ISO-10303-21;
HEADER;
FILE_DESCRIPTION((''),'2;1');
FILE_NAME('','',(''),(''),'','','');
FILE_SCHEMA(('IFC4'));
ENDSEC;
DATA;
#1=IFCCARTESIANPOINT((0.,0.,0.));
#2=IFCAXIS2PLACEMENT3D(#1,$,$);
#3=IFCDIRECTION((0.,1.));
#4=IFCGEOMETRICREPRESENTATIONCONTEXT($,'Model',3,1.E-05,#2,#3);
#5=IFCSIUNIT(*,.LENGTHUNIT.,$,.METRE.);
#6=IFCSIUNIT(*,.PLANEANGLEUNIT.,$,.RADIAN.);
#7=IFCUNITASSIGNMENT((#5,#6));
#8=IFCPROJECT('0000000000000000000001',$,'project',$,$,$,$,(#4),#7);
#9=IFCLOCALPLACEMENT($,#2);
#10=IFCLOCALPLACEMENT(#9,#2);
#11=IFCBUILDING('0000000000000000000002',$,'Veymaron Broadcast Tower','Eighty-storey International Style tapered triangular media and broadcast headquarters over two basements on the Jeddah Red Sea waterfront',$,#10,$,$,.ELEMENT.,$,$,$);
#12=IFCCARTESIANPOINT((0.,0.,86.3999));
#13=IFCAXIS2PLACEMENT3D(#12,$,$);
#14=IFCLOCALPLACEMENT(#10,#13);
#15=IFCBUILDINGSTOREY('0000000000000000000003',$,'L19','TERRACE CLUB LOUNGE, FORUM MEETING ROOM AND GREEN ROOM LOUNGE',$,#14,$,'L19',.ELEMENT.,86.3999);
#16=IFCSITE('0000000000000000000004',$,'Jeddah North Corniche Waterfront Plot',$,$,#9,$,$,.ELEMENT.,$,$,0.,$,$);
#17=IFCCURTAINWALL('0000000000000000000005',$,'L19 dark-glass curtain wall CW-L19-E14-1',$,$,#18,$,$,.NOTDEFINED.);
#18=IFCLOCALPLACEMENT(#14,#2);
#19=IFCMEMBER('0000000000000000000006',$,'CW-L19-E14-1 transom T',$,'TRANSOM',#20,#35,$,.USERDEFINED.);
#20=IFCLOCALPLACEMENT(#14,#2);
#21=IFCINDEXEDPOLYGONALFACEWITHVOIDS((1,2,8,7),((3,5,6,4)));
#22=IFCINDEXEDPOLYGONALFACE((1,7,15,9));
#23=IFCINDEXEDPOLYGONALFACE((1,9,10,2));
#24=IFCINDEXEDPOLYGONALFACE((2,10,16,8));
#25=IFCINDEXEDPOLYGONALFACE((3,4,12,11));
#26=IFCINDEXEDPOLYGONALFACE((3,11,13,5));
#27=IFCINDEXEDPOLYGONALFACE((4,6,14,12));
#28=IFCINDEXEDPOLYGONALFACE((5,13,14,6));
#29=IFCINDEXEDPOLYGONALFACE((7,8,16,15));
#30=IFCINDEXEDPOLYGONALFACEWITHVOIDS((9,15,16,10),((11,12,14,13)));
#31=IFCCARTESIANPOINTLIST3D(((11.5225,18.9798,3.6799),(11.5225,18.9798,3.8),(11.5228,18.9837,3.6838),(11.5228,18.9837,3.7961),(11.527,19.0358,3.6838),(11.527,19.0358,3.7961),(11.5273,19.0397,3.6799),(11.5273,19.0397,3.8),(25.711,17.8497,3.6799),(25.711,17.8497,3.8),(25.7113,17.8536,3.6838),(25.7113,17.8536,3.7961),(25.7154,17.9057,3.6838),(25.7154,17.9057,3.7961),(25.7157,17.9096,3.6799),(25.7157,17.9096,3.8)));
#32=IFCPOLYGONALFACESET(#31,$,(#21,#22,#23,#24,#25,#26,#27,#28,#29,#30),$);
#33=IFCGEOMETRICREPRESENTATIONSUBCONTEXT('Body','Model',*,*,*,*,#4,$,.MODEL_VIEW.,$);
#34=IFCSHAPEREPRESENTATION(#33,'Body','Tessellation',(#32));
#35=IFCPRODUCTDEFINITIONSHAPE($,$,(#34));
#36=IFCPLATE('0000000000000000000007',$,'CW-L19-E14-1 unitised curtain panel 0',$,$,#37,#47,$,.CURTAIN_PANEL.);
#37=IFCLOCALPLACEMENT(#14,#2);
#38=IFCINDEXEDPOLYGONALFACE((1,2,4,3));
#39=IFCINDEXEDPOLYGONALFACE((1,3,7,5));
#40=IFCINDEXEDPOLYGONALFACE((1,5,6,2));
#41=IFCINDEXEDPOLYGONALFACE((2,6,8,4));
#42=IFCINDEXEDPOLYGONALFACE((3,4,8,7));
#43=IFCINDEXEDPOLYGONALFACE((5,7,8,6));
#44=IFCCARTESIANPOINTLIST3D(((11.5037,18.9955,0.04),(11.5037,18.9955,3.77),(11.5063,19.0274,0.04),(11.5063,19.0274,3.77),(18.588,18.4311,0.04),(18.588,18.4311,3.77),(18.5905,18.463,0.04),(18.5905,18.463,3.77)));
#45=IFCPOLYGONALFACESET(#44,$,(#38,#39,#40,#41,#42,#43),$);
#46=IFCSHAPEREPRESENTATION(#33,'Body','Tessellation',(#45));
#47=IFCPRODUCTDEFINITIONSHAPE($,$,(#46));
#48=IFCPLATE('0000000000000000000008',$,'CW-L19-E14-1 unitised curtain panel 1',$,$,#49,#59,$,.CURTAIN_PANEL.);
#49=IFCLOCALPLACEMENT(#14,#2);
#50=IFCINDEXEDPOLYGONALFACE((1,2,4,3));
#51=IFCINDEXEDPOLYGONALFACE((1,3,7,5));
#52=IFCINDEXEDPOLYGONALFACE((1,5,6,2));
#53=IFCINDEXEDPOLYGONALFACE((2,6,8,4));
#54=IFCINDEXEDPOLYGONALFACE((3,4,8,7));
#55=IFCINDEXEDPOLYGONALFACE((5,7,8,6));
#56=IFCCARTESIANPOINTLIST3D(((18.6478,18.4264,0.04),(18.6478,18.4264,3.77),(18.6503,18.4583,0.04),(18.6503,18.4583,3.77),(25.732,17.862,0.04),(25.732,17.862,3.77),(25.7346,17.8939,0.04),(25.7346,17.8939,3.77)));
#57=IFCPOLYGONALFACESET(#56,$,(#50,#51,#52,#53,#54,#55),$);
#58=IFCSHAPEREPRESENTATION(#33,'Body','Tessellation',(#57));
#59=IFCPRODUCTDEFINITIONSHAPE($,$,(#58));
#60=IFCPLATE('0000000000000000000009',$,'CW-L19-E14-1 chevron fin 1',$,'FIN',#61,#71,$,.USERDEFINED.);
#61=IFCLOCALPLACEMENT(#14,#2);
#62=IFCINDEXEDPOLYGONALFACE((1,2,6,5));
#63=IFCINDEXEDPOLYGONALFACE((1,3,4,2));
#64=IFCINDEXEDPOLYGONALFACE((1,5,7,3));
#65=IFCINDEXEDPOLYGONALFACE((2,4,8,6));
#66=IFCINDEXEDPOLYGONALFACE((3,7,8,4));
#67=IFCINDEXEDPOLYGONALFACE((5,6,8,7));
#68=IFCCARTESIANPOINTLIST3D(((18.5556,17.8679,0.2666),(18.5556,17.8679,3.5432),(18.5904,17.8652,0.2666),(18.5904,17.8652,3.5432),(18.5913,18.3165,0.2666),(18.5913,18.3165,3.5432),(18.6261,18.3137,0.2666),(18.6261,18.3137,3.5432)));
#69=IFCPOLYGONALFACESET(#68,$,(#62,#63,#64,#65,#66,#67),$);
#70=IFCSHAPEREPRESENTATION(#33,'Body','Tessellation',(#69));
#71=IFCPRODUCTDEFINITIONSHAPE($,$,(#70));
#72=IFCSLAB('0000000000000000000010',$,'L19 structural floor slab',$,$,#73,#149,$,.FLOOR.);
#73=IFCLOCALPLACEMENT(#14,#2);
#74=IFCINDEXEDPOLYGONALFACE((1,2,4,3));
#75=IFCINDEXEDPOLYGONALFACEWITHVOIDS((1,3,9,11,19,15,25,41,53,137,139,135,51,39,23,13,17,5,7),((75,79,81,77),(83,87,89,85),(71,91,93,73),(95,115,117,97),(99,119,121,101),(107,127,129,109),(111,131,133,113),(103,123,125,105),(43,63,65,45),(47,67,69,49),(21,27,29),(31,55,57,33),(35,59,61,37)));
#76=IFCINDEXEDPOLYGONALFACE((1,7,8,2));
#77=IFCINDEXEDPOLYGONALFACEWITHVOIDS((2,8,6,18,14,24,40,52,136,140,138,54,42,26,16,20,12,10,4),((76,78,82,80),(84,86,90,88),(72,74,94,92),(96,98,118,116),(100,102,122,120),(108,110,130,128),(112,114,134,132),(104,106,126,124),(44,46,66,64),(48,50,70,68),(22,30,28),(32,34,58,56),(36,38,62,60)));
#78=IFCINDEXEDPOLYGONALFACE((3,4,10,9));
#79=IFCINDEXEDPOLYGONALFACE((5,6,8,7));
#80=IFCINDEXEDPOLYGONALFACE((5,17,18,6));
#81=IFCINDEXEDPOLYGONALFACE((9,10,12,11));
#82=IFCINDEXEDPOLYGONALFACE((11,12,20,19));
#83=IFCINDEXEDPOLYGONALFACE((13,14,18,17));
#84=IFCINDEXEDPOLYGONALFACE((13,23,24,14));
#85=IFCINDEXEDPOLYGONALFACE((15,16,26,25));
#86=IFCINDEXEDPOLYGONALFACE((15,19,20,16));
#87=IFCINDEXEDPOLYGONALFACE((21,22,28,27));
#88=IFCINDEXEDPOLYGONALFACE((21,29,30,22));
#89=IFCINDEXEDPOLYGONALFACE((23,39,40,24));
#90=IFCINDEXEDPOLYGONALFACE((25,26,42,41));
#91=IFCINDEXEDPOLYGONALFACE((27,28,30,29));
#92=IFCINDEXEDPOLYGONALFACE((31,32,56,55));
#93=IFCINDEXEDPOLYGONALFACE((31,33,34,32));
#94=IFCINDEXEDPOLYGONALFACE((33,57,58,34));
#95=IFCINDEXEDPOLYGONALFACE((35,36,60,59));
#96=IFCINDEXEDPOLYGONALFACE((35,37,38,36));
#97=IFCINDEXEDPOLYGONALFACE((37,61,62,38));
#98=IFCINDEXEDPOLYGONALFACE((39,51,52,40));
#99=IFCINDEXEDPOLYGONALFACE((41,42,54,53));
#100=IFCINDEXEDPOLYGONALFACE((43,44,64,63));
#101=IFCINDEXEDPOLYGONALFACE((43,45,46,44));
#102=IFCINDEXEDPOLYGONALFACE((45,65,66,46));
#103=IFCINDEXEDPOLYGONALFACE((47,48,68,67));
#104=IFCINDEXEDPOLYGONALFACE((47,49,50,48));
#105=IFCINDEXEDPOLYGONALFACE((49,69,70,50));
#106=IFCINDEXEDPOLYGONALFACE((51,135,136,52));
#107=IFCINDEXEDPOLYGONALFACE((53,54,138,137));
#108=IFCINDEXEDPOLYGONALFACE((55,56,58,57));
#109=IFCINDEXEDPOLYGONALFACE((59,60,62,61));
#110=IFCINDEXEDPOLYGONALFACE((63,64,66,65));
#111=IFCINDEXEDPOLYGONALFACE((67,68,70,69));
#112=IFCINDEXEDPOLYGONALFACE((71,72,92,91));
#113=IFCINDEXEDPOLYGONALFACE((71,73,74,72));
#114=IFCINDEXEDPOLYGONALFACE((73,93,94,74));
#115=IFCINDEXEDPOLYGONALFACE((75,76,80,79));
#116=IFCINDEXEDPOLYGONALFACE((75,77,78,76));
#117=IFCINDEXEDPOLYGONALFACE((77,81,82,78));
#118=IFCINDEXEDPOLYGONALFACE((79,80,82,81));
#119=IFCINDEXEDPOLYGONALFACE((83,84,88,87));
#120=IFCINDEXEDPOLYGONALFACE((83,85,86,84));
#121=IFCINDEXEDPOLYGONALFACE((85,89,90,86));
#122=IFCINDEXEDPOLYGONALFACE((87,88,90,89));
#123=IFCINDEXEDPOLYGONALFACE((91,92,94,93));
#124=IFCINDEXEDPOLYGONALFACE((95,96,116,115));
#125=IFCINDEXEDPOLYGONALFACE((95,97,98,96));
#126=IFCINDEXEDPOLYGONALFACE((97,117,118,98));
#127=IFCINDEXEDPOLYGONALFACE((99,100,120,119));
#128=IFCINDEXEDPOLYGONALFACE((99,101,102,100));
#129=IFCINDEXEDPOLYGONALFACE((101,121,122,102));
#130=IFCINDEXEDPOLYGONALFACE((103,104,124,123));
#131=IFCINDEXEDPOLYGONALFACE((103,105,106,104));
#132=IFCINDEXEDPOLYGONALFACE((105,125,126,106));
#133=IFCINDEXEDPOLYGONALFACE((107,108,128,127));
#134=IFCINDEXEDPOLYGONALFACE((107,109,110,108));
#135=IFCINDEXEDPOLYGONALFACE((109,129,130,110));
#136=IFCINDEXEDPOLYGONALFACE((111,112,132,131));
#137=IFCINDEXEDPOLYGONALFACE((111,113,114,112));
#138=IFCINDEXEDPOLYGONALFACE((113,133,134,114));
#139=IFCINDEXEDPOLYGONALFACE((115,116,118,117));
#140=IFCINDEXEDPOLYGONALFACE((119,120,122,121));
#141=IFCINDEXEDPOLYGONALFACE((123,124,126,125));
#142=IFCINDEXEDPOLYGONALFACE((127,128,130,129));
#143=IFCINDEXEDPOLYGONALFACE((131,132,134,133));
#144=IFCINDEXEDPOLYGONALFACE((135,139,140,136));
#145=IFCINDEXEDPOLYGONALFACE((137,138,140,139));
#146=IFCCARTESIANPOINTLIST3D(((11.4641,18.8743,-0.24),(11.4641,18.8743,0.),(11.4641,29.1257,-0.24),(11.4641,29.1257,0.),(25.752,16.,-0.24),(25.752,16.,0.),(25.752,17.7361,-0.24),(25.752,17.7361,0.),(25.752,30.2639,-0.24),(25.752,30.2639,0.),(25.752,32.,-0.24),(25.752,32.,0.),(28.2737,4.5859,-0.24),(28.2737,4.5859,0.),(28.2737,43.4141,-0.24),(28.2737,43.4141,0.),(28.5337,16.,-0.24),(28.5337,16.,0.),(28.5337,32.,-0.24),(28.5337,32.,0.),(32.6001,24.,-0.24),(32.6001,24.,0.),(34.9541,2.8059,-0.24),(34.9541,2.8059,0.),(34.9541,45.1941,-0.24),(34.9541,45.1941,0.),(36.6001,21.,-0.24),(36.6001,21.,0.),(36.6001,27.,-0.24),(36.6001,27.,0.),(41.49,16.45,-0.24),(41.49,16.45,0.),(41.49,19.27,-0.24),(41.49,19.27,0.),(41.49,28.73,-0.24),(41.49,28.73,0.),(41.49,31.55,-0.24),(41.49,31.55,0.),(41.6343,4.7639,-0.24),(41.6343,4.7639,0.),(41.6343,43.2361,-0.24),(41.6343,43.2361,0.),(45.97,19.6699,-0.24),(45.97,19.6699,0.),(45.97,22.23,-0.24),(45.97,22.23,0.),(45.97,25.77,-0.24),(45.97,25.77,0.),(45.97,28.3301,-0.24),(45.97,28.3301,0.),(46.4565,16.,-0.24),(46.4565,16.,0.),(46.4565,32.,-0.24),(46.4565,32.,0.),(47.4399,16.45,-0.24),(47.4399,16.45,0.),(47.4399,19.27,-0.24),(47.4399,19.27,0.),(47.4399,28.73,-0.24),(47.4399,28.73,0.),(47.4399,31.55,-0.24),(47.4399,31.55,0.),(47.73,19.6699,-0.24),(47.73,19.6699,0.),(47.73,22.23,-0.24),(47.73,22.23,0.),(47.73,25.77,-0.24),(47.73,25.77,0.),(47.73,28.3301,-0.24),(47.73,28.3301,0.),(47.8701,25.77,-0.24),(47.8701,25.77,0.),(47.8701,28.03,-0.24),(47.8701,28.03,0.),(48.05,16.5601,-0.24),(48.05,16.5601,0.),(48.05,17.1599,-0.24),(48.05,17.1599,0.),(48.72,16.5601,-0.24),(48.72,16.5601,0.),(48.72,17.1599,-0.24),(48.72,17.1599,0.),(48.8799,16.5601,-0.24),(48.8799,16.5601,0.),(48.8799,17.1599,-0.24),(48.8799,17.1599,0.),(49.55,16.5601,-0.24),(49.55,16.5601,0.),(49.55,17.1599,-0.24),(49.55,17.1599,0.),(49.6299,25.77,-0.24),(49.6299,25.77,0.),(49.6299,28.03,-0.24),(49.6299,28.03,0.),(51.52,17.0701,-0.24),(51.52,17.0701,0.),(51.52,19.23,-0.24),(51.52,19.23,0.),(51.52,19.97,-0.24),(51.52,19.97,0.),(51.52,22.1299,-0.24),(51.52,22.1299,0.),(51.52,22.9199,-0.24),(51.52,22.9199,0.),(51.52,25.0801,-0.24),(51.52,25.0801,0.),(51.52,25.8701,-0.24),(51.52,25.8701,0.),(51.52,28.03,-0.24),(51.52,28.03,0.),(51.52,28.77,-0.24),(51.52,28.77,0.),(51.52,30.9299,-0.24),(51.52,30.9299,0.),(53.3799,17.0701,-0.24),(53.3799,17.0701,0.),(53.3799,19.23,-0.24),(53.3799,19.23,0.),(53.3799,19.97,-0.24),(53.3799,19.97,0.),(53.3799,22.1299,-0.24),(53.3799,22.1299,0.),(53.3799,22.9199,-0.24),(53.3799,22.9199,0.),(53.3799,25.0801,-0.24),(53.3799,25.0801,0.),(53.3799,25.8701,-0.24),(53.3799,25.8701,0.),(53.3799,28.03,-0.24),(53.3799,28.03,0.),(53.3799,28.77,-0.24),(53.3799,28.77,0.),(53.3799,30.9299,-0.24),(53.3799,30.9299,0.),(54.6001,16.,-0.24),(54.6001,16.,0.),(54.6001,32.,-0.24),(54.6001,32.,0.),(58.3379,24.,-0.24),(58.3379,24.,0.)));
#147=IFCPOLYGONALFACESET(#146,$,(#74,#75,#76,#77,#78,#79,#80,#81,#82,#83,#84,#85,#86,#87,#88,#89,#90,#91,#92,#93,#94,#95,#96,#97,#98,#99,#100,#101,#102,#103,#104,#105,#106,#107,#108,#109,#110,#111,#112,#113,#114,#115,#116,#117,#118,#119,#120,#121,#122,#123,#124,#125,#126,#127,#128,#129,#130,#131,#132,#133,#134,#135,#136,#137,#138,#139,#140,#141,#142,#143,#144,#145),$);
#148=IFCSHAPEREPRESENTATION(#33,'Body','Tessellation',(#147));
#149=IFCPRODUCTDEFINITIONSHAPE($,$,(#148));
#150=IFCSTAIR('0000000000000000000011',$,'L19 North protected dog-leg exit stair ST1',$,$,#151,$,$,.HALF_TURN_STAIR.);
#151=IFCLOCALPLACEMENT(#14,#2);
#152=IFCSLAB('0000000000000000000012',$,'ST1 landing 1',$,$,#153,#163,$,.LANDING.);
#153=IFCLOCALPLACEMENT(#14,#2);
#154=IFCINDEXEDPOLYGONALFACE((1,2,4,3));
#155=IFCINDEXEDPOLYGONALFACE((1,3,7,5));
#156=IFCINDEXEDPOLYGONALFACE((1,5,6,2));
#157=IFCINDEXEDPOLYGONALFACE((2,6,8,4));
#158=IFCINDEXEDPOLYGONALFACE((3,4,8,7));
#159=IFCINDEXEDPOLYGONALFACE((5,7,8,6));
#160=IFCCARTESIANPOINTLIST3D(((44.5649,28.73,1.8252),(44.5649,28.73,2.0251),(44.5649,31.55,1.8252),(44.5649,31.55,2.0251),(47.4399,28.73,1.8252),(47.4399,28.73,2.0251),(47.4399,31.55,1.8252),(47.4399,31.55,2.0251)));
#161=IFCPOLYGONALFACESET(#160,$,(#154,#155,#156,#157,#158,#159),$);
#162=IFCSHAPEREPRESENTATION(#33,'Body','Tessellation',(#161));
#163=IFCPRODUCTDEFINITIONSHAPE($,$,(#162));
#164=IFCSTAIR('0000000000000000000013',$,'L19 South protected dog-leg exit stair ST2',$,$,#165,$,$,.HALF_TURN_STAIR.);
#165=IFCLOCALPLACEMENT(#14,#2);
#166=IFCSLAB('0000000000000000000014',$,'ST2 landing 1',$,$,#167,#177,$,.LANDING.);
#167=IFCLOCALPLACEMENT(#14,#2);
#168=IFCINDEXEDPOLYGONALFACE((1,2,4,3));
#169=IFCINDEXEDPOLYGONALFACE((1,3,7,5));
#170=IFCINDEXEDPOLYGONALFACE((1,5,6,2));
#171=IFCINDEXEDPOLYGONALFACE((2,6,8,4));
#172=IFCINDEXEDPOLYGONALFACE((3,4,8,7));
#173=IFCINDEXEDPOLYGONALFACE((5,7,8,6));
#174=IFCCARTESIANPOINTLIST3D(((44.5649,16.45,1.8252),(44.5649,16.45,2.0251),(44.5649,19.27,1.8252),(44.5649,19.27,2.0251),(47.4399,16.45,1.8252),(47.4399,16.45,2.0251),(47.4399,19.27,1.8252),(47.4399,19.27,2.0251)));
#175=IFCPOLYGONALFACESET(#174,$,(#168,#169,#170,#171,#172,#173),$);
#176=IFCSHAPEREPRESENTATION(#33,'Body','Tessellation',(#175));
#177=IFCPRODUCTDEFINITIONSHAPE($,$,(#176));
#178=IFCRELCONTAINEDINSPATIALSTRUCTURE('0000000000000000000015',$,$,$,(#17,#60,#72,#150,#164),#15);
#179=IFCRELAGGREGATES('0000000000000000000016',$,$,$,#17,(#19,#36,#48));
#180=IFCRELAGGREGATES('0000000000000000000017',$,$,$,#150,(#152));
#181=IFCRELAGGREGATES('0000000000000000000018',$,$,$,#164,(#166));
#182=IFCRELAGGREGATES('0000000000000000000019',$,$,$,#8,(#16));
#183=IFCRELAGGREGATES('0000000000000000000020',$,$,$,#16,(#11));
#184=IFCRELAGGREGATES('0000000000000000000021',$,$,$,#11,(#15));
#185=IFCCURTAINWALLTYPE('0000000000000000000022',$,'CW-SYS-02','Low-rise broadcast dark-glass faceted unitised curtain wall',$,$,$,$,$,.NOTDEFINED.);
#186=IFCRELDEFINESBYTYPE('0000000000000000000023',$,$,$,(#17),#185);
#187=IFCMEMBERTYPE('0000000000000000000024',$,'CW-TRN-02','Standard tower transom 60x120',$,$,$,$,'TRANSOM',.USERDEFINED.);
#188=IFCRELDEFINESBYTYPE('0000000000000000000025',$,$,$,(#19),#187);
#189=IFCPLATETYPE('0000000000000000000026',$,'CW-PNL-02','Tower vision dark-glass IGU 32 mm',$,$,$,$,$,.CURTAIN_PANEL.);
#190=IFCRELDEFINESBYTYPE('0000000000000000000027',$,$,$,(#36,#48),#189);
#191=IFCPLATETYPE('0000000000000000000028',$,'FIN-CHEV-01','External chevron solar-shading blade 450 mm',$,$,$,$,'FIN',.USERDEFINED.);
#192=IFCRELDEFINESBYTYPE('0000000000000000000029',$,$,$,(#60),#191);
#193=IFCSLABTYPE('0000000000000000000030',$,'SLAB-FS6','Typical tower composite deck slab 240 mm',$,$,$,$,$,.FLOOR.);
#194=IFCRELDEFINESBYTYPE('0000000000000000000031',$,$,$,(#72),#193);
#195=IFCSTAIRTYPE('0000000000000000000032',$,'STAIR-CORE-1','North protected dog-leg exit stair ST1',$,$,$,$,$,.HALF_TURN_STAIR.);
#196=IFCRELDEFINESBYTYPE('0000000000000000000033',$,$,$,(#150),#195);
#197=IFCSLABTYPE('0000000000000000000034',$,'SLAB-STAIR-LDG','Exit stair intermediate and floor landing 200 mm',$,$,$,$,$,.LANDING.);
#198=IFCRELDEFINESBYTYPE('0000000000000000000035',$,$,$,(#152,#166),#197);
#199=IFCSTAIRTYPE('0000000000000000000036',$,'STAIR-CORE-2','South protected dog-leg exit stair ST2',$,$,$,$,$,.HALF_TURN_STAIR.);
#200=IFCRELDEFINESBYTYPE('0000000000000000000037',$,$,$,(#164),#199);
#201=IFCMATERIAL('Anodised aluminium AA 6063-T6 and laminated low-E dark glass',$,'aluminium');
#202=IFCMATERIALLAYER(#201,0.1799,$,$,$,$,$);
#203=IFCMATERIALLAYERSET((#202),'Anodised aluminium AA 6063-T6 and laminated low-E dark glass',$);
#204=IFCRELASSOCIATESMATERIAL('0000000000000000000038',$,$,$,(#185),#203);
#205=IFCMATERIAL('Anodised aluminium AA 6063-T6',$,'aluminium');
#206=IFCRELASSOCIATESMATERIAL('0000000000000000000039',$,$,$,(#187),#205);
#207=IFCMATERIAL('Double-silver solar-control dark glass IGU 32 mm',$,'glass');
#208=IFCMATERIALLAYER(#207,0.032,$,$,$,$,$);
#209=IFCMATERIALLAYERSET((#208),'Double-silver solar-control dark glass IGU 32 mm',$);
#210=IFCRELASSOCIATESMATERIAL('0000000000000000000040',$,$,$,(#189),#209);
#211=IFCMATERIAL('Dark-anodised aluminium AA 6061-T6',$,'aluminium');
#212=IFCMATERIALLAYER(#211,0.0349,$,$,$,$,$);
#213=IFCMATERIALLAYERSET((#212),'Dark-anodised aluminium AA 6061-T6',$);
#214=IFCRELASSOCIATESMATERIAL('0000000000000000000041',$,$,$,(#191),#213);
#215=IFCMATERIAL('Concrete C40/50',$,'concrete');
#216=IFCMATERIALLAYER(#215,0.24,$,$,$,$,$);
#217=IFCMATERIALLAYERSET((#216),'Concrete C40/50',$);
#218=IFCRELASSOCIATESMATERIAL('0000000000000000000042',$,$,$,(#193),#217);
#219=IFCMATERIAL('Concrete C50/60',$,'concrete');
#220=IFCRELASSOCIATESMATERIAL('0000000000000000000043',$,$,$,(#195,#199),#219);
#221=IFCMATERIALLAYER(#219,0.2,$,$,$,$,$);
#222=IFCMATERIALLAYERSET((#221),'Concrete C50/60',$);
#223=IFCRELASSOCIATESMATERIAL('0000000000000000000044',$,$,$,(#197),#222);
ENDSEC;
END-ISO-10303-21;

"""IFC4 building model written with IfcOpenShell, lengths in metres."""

from ifc_helpers import new_model, si_unit, direction, frame, origin, origin_2d, place, context, subcontext, project, spatial, polyline, rectangle, hollow_rectangle, outline, extrude, material, layer, layer_set, material_profile, profile_set, type_object, element, aggregate, save


model = new_model("IFC4")

# Units and contexts
model_context = context("Model", 3, precision=1e-05, world=origin(), true_north=direction((0.0, 1.0)))
body_context = subcontext(model_context, "Body", "Model", "MODEL_VIEW")
ifc_project = project(units=[si_unit("LENGTHUNIT", "METRE"), si_unit("PLANEANGLEUNIT", "RADIAN")], contexts=[model_context])

# Site, building, storey
site_placement = place(None, origin())
site = spatial("IfcSite", under=ifc_project, at=site_placement, Name="Jeddah North Corniche Waterfront Plot", CompositionType="ELEMENT", RefElevation=0.0)
building_placement = place(site_placement, origin())
building = spatial("IfcBuilding", under=site, at=building_placement, Name="Veymaron Broadcast Tower", Description="Eighty-storey International Style tapered triangular media and broadcast headquarters over two basements on the Jeddah Red Sea waterfront", CompositionType="ELEMENT")
storey_placement = place(building_placement, frame((0.0, 0.0, 86.3999)))
storey = spatial("IfcBuildingStorey", under=building, at=storey_placement, Name="L19", Description="TERRACE CLUB LOUNGE, FORUM MEETING ROOM AND GREEN ROOM LOUNGE", LongName="L19", CompositionType="ELEMENT", Elevation=86.3999)

# Curtain wall, member, plates
ifc_material_1 = material(Name="Anodised aluminium AA 6063-T6 and laminated low-E dark glass", Category="aluminium")
ifc_layer_1 = layer(ifc_material_1, 0.1799)
ifc_layer_set_1 = layer_set([ifc_layer_1], Name="Anodised aluminium AA 6063-T6 and laminated low-E dark glass")
curtain_wall_type = type_object("IfcCurtainWallType", Name="CW-SYS-02", Description="Low-rise broadcast dark-glass faceted unitised curtain wall", PredefinedType="NOTDEFINED", material=ifc_layer_set_1)
curtain_wall_placement = place(storey_placement, origin())
curtain_wall = element("IfcCurtainWall", 1, at=curtain_wall_placement, inside=storey, type_object=curtain_wall_type, Name="L19 dark-glass curtain wall CW-L19-E14-1", PredefinedType="NOTDEFINED")
ifc_material_2 = material(Name="Anodised aluminium AA 6063-T6", Category="aluminium")
ifc_material_profile_1 = material_profile(ifc_material_2, hollow_rectangle(XDim=0.0601, YDim=0.1201, WallThickness=0.0039, at=origin_2d()), Name="AL120X60X4")
ifc_profile_set_1 = profile_set([ifc_material_profile_1], Name="Anodised aluminium AA 6063-T6")
member_type_1 = type_object("IfcMemberType", Name="CW-TRN-02", Description="Standard tower transom 60x120", ElementType="TRANSOM", PredefinedType="USERDEFINED", material=ifc_profile_set_1)
member_1_placement = place(storey_placement, frame((11.5249, 19.0098, 3.74), z_axis=(0.996843, -0.0794, 0.0), x_axis=(0.0794, 0.996843, 0.0)))
member_1 = element("IfcMember", 2, at=member_1_placement, type_object=member_type_1, Name="CW-L19-E14-1 transom T", ObjectType="TRANSOM", PredefinedType="USERDEFINED", context=body_context, shape_type="SweptSolid", body=[
    extrude(hollow_rectangle(XDim=0.0601, YDim=0.1201, WallThickness=0.0039, at=origin_2d()), origin(), (0.0, 0.0, 1.0), 14.2334),
])
ifc_material_3 = material(Name="Double-silver solar-control dark glass IGU 32 mm", Category="glass")
ifc_layer_2 = layer(ifc_material_3, 0.032)
ifc_layer_set_2 = layer_set([ifc_layer_2], Name="Double-silver solar-control dark glass IGU 32 mm")
plate_type_1 = type_object("IfcPlateType", Name="CW-PNL-02", Description="Tower vision dark-glass IGU 32 mm", PredefinedType="CURTAIN_PANEL", material=ifc_layer_set_2)
plate_1_placement = place(storey_placement, frame((15.0471, 18.7292, 0.04), z_axis=(0.0, 0.0, 1.0), x_axis=(0.996842, -0.079416, 0.0)))
plate_1 = element("IfcPlate", 3, at=plate_1_placement, type_object=plate_type_1, Name="CW-L19-E14-1 unitised curtain panel 0", PredefinedType="CURTAIN_PANEL", context=body_context, shape_type="SweptSolid", body=[
    extrude(rectangle(XDim=7.1067, YDim=0.032, at=origin_2d()), origin(), (0.0, 0.0, 1.0), 3.73),
])
plate_2_placement = place(storey_placement, frame((22.1912, 18.1602, 0.04), z_axis=(0.0, 0.0, 1.0), x_axis=(0.996842, -0.079416, 0.0)))
plate_2 = element("IfcPlate", 4, at=plate_2_placement, type_object=plate_type_1, Name="CW-L19-E14-1 unitised curtain panel 1", PredefinedType="CURTAIN_PANEL", context=body_context, shape_type="SweptSolid", body=[
    extrude(rectangle(XDim=7.1067, YDim=0.032, at=origin_2d()), origin(), (0.0, 0.0, 1.0), 3.73),
])
aggregate(curtain_wall, [member_1, plate_1, plate_2])

# Plate
ifc_material_4 = material(Name="Dark-anodised aluminium AA 6061-T6", Category="aluminium")
ifc_layer_3 = layer(ifc_material_4, 0.0349)
ifc_layer_set_3 = layer_set([ifc_layer_3], Name="Dark-anodised aluminium AA 6061-T6")
plate_type_2 = type_object("IfcPlateType", Name="FIN-CHEV-01", Description="External chevron solar-shading blade 450 mm", ElementType="FIN", PredefinedType="USERDEFINED", material=ifc_layer_set_3)
plate_3_placement = place(storey_placement, frame((18.5908, 18.0908, 0.2666), z_axis=(0.0, 0.0, 1.0), x_axis=(-0.079416, -0.996842, 0.0)))
element("IfcPlate", 5, at=plate_3_placement, inside=storey, type_object=plate_type_2, Name="CW-L19-E14-1 chevron fin 1", ObjectType="FIN", PredefinedType="USERDEFINED", context=body_context, shape_type="SweptSolid", body=[
    extrude(rectangle(XDim=0.45, YDim=0.0349, at=origin_2d()), origin(), (0.0, 0.0, 1.0), 3.2766),
])

# Slab
ifc_material_5 = material(Name="Concrete C40/50", Category="concrete")
ifc_layer_4 = layer(ifc_material_5, 0.24)
ifc_layer_set_4 = layer_set([ifc_layer_4], Name="Concrete C40/50")
slab_type_1 = type_object("IfcSlabType", Name="SLAB-FS6", Description="Typical tower composite deck slab 240 mm", PredefinedType="FLOOR", material=ifc_layer_set_4)
slab_1_placement = place(storey_placement, frame((0.0, 0.0, -0.24)))
element("IfcSlab", 6, at=slab_1_placement, inside=storey, type_object=slab_type_1, Name="L19 structural floor slab", PredefinedType="FLOOR", context=body_context, shape_type="SweptSolid", body=[
    extrude(outline(polyline([(41.6343, 4.7639), (46.4565, 16.0), (54.6001, 16.0), (58.3379, 24.0), (54.6001, 32.0), (46.4565, 32.0), (41.6343, 43.2361), (34.9541, 45.1941), (28.2737, 43.4141), (28.5337, 32.0), (25.752, 32.0), (25.752, 30.2639), (11.4641, 29.1257), (11.4641, 18.8743), (25.752, 17.7361), (25.752, 16.0), (28.5337, 16.0), (28.2737, 4.5859), (34.9541, 2.8059), (41.6343, 4.7639)]), holes=[polyline([(45.97, 28.3301), (47.73, 28.3301), (47.73, 25.77), (45.97, 25.77), (45.97, 28.3301)]), polyline([(45.97, 22.23), (47.73, 22.23), (47.73, 19.6699), (45.97, 19.6699), (45.97, 22.23)]), polyline([(47.8701, 28.03), (49.6299, 28.03), (49.6299, 25.77), (47.8701, 25.77), (47.8701, 28.03)]), polyline([(51.52, 30.9299), (53.3799, 30.9299), (53.3799, 28.77), (51.52, 28.77), (51.52, 30.9299)]), polyline([(51.52, 28.03), (53.3799, 28.03), (53.3799, 25.8701), (51.52, 25.8701), (51.52, 28.03)]), polyline([(51.52, 22.1299), (53.3799, 22.1299), (53.3799, 19.97), (51.52, 19.97), (51.52, 22.1299)]), polyline([(51.52, 25.0801), (53.3799, 25.0801), (53.3799, 22.9199), (51.52, 22.9199), (51.52, 25.0801)]), polyline([(51.52, 19.23), (53.3799, 19.23), (53.3799, 17.0701), (51.52, 17.0701), (51.52, 19.23)]), polyline([(48.05, 17.1599), (48.72, 17.1599), (48.72, 16.5601), (48.05, 16.5601), (48.05, 17.1599)]), polyline([(48.8799, 17.1599), (49.55, 17.1599), (49.55, 16.5601), (48.8799, 16.5601), (48.8799, 17.1599)]), polyline([(36.6001, 27.0), (36.6001, 21.0), (32.6001, 24.0), (36.6001, 27.0)]), polyline([(41.49, 31.55), (47.4399, 31.55), (47.4399, 28.73), (41.49, 28.73), (41.49, 31.55)]), polyline([(41.49, 19.27), (47.4399, 19.27), (47.4399, 16.45), (41.49, 16.45), (41.49, 19.27)])]), origin(), (0.0, 0.0, 1.0), 0.24),
])

# Stairs, slabs
ifc_material_6 = material(Name="Concrete C50/60", Category="concrete")
stair_type_1 = type_object("IfcStairType", Name="STAIR-CORE-1", Description="North protected dog-leg exit stair ST1", PredefinedType="HALF_TURN_STAIR", material=ifc_material_6)
stair_1_placement = place(storey_placement, origin())
stair_1 = element("IfcStair", 7, at=stair_1_placement, inside=storey, type_object=stair_type_1, Name="L19 North protected dog-leg exit stair ST1", PredefinedType="HALF_TURN_STAIR")
ifc_layer_5 = layer(ifc_material_6, 0.2)
ifc_layer_set_5 = layer_set([ifc_layer_5], Name="Concrete C50/60")
slab_type_2 = type_object("IfcSlabType", Name="SLAB-STAIR-LDG", Description="Exit stair intermediate and floor landing 200 mm", PredefinedType="LANDING", material=ifc_layer_set_5)
slab_2_placement = place(storey_placement, frame((0.0, 0.0, 1.8252)))
slab_2 = element("IfcSlab", 8, at=slab_2_placement, type_object=slab_type_2, Name="ST1 landing 1", PredefinedType="LANDING", context=body_context, shape_type="SweptSolid", body=[
    extrude(outline(polyline([(44.5649, 28.73), (47.4399, 28.73), (47.4399, 31.55), (44.5649, 31.55), (44.5649, 28.73)])), origin(), (0.0, 0.0, 1.0), 0.2),
])
aggregate(stair_1, [slab_2])
stair_type_2 = type_object("IfcStairType", Name="STAIR-CORE-2", Description="South protected dog-leg exit stair ST2", PredefinedType="HALF_TURN_STAIR", material=ifc_material_6)
stair_2_placement = place(storey_placement, origin())
stair_2 = element("IfcStair", 9, at=stair_2_placement, inside=storey, type_object=stair_type_2, Name="L19 South protected dog-leg exit stair ST2", PredefinedType="HALF_TURN_STAIR")
slab_3_placement = place(storey_placement, frame((0.0, 0.0, 1.8252)))
slab_3 = element("IfcSlab", 10, at=slab_3_placement, type_object=slab_type_2, Name="ST2 landing 1", PredefinedType="LANDING", context=body_context, shape_type="SweptSolid", body=[
    extrude(outline(polyline([(44.5649, 16.45), (47.4399, 16.45), (47.4399, 19.27), (44.5649, 19.27), (44.5649, 16.45)])), origin(), (0.0, 0.0, 1.0), 0.2),
])
aggregate(stair_2, [slab_3])

save(model, "model.ifc")
